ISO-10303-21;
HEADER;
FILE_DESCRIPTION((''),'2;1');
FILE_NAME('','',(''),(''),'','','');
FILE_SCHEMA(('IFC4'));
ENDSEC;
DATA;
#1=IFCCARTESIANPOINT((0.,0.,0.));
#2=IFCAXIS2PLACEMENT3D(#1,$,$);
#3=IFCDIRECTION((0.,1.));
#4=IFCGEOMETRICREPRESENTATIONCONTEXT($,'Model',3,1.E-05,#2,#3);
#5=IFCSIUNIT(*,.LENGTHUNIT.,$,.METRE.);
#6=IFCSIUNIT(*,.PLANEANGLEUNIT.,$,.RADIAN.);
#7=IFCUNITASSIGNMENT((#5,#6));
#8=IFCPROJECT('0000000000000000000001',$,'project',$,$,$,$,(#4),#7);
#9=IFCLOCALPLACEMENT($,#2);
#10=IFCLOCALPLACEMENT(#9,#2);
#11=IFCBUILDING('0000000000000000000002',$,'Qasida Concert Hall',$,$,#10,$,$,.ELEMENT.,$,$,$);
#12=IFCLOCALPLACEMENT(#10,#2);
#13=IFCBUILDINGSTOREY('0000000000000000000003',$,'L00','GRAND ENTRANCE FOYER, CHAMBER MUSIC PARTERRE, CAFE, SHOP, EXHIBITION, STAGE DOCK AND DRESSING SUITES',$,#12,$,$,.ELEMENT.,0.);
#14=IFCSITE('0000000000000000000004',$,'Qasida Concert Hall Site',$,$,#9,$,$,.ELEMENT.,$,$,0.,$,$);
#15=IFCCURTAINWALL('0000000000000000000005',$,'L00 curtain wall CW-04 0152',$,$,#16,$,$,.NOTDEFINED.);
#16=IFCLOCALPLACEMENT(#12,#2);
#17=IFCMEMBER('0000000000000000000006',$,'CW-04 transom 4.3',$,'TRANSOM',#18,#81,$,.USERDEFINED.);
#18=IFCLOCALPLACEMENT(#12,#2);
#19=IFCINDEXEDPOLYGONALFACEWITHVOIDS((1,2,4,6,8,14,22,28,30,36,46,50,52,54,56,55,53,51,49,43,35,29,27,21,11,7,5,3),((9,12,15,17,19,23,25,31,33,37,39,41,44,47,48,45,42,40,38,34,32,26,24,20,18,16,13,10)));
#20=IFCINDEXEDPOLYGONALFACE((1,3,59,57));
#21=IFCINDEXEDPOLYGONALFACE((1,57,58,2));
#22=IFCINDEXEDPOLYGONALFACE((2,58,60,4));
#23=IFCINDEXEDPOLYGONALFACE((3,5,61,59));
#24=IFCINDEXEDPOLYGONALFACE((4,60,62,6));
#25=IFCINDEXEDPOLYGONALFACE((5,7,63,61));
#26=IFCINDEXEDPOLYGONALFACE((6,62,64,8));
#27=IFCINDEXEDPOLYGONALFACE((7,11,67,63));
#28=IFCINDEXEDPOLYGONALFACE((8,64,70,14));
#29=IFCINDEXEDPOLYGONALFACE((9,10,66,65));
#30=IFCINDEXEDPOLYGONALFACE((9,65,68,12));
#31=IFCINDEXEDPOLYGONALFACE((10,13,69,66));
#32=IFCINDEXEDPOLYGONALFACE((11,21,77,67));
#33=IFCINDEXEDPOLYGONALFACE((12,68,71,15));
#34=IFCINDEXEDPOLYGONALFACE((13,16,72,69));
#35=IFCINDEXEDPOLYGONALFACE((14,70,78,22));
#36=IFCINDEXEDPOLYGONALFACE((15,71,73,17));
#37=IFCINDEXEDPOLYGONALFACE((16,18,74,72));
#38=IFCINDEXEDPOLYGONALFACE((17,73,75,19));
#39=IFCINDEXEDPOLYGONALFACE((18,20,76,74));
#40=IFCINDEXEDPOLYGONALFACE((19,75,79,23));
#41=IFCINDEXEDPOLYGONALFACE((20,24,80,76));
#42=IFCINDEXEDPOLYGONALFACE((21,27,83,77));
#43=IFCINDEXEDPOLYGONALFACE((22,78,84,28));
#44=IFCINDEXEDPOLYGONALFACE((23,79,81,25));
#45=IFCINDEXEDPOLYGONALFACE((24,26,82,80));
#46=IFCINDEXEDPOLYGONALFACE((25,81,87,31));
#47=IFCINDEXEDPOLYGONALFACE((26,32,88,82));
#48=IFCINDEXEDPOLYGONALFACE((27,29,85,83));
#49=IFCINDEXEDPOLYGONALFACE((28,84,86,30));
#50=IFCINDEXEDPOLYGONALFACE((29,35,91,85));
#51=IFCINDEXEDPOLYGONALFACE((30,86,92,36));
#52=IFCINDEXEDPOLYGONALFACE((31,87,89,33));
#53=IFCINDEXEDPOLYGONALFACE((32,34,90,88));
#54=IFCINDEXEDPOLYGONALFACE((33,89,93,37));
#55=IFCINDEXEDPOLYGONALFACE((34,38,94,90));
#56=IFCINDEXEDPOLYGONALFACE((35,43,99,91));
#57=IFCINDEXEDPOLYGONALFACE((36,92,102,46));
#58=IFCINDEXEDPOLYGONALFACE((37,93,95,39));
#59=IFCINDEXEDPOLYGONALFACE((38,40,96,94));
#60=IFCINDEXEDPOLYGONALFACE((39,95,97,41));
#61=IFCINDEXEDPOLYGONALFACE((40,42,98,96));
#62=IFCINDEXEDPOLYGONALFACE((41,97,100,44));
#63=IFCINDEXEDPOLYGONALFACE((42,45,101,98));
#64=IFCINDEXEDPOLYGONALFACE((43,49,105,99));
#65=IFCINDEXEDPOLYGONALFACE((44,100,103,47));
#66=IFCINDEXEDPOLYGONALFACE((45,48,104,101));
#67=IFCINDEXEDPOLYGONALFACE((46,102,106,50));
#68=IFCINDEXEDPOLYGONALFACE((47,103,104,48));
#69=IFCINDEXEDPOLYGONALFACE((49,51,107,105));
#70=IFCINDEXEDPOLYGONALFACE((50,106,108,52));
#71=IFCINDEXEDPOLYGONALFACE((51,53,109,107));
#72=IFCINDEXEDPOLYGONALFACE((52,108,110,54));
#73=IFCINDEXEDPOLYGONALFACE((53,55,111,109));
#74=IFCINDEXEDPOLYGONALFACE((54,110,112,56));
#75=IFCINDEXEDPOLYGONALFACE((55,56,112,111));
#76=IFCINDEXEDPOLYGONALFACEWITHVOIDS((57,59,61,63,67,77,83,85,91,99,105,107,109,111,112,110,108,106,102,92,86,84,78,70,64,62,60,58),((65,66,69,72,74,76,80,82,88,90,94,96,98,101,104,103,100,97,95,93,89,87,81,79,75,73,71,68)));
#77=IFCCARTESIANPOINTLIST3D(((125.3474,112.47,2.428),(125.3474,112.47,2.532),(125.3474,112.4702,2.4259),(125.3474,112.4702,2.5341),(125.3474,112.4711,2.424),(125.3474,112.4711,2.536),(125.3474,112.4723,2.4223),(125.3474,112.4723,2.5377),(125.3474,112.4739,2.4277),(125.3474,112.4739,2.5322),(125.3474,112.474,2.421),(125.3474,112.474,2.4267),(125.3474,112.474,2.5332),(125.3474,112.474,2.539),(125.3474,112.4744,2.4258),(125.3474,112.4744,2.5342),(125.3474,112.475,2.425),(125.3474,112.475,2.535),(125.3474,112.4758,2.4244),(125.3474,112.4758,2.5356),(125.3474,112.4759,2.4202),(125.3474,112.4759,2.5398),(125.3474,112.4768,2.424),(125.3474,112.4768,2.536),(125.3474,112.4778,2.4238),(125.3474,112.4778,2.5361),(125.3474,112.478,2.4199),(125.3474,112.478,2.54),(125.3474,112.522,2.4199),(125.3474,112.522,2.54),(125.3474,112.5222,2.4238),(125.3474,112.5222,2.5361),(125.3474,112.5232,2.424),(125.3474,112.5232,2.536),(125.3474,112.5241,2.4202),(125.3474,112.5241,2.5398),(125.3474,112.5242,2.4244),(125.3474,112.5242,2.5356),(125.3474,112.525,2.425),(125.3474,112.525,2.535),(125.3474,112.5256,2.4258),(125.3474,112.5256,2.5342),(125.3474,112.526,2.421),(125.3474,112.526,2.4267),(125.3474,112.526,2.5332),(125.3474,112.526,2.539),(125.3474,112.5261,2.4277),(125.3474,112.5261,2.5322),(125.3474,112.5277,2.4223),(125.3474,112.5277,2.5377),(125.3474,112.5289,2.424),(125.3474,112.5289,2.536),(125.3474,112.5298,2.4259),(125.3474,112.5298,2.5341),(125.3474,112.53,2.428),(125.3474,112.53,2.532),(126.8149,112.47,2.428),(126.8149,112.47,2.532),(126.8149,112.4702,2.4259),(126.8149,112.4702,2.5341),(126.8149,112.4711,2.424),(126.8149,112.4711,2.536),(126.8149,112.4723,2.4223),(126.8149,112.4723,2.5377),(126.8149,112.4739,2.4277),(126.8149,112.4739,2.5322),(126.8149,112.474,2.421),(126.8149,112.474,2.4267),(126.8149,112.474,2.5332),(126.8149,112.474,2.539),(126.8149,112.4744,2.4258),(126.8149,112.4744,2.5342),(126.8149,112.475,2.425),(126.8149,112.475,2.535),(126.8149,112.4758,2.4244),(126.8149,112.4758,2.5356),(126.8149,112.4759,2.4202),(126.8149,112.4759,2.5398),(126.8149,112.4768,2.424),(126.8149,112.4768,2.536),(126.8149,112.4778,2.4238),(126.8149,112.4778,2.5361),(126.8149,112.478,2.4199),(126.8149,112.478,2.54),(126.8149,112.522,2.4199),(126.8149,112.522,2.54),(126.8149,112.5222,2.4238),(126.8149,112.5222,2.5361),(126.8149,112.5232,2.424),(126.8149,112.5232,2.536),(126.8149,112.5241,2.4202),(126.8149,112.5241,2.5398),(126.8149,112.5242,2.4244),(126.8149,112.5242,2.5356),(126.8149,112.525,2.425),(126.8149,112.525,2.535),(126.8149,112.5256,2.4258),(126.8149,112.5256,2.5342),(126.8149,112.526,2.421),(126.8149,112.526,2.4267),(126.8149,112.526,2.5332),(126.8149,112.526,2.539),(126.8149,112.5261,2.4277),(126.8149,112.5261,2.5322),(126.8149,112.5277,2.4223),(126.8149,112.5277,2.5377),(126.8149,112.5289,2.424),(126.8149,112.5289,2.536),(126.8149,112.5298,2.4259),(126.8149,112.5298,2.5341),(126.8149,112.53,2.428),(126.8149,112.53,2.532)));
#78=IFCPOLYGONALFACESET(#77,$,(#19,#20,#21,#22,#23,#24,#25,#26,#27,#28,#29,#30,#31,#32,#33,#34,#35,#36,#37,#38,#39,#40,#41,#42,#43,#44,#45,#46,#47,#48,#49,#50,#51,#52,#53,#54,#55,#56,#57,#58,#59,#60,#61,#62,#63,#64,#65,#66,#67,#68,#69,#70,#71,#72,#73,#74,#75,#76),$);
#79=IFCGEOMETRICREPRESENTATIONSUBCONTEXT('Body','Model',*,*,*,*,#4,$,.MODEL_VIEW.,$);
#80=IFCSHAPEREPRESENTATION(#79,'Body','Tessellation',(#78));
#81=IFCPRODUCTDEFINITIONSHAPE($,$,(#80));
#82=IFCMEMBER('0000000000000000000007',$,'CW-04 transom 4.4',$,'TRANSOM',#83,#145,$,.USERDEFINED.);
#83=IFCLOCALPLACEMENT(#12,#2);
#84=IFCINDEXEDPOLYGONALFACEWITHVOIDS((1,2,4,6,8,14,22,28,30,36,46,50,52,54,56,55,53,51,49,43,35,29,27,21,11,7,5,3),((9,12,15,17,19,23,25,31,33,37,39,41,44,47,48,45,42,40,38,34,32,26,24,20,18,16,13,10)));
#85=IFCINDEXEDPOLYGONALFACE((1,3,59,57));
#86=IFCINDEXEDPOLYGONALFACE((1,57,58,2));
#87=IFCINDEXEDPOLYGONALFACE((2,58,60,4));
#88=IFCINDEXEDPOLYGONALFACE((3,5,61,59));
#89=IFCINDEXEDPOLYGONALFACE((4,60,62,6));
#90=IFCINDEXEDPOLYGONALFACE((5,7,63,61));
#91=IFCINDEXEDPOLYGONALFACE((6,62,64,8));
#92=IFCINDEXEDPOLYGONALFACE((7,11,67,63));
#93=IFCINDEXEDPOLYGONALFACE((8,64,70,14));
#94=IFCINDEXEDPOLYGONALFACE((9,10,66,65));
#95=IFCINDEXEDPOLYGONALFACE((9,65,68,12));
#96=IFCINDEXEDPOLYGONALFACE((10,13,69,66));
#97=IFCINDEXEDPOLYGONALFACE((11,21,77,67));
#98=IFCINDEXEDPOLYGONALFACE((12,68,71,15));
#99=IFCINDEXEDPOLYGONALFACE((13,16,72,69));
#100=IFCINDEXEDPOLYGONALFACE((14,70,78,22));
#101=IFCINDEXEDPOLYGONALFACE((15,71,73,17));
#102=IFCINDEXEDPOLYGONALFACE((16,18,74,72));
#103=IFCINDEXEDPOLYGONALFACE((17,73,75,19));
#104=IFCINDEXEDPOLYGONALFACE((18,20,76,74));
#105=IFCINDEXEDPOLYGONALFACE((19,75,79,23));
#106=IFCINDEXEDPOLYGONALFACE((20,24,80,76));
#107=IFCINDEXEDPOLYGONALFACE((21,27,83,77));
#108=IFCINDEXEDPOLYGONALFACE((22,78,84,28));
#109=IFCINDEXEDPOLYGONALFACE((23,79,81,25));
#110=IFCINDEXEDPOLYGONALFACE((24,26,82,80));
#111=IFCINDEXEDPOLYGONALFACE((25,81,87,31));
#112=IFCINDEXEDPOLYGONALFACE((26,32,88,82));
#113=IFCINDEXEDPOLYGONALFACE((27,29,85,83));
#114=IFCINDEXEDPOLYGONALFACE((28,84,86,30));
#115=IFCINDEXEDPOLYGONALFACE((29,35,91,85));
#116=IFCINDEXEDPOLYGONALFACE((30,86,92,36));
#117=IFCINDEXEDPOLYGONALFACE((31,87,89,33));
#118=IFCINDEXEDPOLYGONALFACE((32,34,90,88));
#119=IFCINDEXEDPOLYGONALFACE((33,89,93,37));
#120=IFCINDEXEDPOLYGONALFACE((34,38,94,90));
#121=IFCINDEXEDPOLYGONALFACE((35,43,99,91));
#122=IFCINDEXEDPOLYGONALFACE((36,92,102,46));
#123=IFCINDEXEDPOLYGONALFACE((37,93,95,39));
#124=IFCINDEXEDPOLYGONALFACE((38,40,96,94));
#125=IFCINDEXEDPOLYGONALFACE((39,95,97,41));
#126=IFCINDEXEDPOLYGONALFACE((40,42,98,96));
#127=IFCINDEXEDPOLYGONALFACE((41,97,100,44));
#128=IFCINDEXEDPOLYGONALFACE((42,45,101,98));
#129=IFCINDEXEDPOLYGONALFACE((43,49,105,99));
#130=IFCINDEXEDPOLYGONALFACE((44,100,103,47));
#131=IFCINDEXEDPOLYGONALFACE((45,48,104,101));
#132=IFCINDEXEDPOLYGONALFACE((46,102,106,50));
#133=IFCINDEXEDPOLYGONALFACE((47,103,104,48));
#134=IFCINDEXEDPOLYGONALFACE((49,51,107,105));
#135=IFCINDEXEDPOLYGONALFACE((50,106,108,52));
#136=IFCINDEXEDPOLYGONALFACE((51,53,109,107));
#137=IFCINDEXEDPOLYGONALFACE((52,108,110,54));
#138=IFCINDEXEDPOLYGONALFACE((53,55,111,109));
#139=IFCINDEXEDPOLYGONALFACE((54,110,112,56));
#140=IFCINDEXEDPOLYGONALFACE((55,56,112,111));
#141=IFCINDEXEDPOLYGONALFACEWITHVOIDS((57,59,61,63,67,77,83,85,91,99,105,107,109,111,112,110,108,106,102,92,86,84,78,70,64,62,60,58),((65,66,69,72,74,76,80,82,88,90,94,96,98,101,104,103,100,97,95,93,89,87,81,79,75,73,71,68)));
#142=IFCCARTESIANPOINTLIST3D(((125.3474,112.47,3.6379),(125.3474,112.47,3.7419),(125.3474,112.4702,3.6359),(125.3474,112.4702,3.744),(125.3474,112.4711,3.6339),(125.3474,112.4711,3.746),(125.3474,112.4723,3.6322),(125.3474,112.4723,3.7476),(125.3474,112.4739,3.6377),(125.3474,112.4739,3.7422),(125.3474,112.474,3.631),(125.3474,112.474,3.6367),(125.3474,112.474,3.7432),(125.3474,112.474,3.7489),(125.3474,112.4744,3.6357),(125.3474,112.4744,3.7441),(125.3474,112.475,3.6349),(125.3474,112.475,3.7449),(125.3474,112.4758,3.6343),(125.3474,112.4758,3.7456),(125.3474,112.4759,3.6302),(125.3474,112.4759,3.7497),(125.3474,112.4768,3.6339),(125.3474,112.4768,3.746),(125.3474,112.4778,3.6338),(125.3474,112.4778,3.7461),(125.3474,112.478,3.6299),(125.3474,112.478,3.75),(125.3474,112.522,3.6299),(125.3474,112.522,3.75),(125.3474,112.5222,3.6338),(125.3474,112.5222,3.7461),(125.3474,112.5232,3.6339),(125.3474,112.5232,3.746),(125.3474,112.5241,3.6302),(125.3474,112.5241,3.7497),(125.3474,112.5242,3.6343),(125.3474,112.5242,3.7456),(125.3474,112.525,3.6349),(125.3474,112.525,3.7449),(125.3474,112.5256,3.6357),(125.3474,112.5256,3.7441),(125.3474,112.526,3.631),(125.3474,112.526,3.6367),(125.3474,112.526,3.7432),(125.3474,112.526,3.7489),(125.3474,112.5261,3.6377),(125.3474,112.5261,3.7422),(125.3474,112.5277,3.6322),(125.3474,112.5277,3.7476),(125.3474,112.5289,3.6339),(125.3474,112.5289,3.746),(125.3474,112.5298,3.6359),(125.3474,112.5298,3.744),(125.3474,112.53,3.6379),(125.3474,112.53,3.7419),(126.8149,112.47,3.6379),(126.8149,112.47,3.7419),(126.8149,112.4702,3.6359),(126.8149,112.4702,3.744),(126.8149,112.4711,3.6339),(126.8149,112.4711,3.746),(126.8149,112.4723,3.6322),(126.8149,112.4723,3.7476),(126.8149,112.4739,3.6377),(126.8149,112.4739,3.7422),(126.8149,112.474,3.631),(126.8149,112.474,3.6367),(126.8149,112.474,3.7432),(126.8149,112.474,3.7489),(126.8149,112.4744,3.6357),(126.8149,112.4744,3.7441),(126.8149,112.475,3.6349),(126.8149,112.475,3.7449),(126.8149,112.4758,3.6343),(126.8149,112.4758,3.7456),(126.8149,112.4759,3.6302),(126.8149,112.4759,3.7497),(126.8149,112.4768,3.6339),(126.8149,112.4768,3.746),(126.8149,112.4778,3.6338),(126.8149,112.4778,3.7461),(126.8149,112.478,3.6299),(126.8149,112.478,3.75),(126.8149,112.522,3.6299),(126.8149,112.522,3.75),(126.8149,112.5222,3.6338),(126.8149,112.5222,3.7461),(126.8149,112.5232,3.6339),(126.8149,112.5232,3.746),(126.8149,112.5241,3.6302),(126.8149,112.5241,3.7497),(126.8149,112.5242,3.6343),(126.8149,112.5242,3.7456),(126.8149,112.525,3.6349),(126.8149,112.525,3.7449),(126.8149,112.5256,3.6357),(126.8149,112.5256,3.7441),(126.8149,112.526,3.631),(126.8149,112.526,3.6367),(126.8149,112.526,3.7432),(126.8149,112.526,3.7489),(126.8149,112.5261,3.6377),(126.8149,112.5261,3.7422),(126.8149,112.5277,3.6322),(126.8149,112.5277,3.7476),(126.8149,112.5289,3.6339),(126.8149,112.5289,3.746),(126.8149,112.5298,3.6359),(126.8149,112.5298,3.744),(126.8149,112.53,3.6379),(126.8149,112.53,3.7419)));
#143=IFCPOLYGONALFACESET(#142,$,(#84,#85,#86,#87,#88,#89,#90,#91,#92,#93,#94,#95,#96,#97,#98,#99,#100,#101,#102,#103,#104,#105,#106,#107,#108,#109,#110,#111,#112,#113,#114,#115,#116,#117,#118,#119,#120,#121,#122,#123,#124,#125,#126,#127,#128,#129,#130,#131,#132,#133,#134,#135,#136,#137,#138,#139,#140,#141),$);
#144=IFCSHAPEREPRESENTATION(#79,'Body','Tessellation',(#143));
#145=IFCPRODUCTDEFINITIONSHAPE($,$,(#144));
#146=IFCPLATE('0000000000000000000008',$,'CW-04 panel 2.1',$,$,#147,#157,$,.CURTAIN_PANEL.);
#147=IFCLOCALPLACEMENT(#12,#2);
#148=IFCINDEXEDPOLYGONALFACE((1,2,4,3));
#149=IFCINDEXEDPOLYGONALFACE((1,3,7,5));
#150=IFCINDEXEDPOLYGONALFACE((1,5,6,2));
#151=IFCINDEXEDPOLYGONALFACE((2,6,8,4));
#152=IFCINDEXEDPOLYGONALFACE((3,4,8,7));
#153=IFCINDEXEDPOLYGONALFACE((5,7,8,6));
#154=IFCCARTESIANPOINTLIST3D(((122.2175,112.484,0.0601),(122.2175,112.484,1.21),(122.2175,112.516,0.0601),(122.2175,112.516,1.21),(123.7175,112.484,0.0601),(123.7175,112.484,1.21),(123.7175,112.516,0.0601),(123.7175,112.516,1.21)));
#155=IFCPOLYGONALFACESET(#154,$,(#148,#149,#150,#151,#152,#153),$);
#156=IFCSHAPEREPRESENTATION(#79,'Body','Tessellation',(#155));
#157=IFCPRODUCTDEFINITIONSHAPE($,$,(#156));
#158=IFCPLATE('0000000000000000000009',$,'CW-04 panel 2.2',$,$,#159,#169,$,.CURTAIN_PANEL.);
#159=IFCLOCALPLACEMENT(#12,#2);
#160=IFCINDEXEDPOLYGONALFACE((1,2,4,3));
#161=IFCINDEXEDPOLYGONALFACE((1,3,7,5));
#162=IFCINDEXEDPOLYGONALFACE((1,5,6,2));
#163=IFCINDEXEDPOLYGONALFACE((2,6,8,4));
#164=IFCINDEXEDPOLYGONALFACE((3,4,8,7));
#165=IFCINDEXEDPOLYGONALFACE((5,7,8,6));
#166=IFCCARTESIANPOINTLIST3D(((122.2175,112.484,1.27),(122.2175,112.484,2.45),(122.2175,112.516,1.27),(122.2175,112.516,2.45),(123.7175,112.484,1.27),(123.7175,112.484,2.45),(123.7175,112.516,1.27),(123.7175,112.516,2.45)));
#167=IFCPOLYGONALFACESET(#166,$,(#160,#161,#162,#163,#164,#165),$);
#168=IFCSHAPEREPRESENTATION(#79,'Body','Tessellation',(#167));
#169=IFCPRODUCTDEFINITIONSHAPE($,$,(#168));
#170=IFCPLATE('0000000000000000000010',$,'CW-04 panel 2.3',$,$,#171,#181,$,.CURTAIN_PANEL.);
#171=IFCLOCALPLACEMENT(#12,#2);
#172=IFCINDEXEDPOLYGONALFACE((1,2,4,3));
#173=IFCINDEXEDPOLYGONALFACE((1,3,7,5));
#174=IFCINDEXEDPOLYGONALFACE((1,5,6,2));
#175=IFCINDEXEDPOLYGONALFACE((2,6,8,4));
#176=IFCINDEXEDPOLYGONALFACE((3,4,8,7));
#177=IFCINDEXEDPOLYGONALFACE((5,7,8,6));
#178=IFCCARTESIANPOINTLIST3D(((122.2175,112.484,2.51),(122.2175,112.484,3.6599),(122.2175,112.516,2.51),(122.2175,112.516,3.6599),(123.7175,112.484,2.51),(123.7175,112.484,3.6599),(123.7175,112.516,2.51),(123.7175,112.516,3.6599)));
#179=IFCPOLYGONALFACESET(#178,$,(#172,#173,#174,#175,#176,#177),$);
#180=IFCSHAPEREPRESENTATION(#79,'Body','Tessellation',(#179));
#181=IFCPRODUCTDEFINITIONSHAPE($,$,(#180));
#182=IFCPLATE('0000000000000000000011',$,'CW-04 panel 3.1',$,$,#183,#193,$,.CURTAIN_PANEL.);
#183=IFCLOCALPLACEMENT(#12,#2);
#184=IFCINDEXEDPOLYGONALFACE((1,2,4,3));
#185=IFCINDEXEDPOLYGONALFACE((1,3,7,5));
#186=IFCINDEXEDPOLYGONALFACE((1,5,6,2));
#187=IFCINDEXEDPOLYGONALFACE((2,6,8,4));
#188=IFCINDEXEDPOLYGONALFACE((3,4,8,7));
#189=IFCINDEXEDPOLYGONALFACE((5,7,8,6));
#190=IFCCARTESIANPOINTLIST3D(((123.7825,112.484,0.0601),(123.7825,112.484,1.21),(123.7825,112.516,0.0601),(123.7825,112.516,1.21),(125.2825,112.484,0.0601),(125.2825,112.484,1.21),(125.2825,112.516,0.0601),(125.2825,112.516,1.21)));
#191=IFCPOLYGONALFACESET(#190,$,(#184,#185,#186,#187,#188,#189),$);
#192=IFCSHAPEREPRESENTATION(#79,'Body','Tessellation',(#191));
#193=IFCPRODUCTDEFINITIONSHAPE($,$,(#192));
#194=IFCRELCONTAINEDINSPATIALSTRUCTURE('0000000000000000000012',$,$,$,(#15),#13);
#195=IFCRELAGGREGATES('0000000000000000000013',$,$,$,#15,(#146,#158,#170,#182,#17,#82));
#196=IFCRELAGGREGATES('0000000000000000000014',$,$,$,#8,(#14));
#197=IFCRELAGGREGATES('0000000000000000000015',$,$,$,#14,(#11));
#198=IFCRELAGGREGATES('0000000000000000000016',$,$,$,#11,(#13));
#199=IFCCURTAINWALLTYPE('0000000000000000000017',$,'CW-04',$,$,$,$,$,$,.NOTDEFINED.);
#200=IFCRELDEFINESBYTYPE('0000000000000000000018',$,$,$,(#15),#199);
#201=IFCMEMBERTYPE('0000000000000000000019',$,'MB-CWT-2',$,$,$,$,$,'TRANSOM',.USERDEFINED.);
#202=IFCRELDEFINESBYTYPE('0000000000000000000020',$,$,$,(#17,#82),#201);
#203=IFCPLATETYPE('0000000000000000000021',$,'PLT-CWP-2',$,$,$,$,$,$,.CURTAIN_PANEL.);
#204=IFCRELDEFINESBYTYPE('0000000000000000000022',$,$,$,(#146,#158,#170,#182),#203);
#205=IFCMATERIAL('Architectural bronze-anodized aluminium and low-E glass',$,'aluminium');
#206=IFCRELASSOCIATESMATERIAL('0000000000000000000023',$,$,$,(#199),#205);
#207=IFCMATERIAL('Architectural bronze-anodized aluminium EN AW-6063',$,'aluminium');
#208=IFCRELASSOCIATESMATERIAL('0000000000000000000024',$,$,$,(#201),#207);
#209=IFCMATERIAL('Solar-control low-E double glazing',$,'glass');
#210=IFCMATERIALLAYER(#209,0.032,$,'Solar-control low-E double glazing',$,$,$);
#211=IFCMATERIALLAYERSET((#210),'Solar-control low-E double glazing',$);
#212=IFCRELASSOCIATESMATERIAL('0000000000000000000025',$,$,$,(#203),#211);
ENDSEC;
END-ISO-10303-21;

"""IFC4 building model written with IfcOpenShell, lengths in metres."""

from ifc_helpers import new_model, si_unit, direction, frame, origin, origin_2d, place, context, subcontext, project, spatial, rectangle, hollow_rectangle, extrude, material, layer, layer_set, material_profile, profile_set, type_object, element, aggregate, save


model = new_model("IFC4")

# Units and contexts
model_context = context("Model", 3, precision=1e-05, world=origin(), true_north=direction((0.0, 1.0)))
body_context = subcontext(model_context, "Body", "Model", "MODEL_VIEW")
ifc_project = project(units=[si_unit("LENGTHUNIT", "METRE"), si_unit("PLANEANGLEUNIT", "RADIAN")], contexts=[model_context])

# Site, building, storey
site_placement = place(None, origin())
site = spatial("IfcSite", under=ifc_project, at=site_placement, Name="Qasida Concert Hall Site", CompositionType="ELEMENT", RefElevation=0.0)
building_placement = place(site_placement, origin())
building = spatial("IfcBuilding", under=site, at=building_placement, Name="Qasida Concert Hall", CompositionType="ELEMENT")
storey_placement = place(building_placement, origin())
storey = spatial("IfcBuildingStorey", under=building, at=storey_placement, Name="L00", Description="GRAND ENTRANCE FOYER, CHAMBER MUSIC PARTERRE, CAFE, SHOP, EXHIBITION, STAGE DOCK AND DRESSING SUITES", CompositionType="ELEMENT", Elevation=0.0)

# Curtain wall, members, plates
ifc_material_1 = material(Name="Architectural bronze-anodized aluminium and low-E glass", Category="aluminium")
curtain_wall_type = type_object("IfcCurtainWallType", Name="CW-04", PredefinedType="NOTDEFINED", material=ifc_material_1)
curtain_wall_placement = place(storey_placement, origin())
curtain_wall = element("IfcCurtainWall", 1, at=curtain_wall_placement, inside=storey, type_object=curtain_wall_type, Name="L00 curtain wall CW-04 0152", PredefinedType="NOTDEFINED")
ifc_material_2 = material(Name="Architectural bronze-anodized aluminium EN AW-6063", Category="aluminium")
ifc_material_profile_1 = material_profile(ifc_material_2, hollow_rectangle(XDim=0.0601, YDim=0.1201, WallThickness=0.0039, InnerFilletRadius=0.0039, OuterFilletRadius=0.0081, at=origin_2d()), Name="CWT 120x60x4")
ifc_profile_set_1 = profile_set([ifc_material_profile_1], Name="Architectural bronze-anodized aluminium EN AW-6063")
member_type_1 = type_object("IfcMemberType", Name="MB-CWT-2", ElementType="TRANSOM", PredefinedType="USERDEFINED", material=ifc_profile_set_1)
member_1_placement = place(storey_placement, frame((125.3474, 112.5, 2.48), z_axis=(1.0, 0.0, 0.0), x_axis=(0.0, 1.0, 0.0)))
member_1 = element("IfcMember", 2, at=member_1_placement, type_object=member_type_1, Name="CW-04 transom 4.3", ObjectType="TRANSOM", PredefinedType="USERDEFINED", context=body_context, shape_type="SweptSolid", body=[
    extrude(hollow_rectangle(XDim=0.0601, YDim=0.1201, WallThickness=0.0039, InnerFilletRadius=0.0039, OuterFilletRadius=0.0081, at=origin_2d()), origin(), (0.0, 0.0, 1.0), 1.4675),
])
member_2_placement = place(storey_placement, frame((125.3474, 112.5, 3.6899), z_axis=(1.0, 0.0, 0.0), x_axis=(0.0, 1.0, 0.0)))
member_2 = element("IfcMember", 3, at=member_2_placement, type_object=member_type_1, Name="CW-04 transom 4.4", ObjectType="TRANSOM", PredefinedType="USERDEFINED", context=body_context, shape_type="SweptSolid", body=[
    extrude(hollow_rectangle(XDim=0.0601, YDim=0.1201, WallThickness=0.0039, InnerFilletRadius=0.0039, OuterFilletRadius=0.0081, at=origin_2d()), origin(), (0.0, 0.0, 1.0), 1.4675),
])
ifc_material_3 = material(Name="Solar-control low-E double glazing", Category="glass")
ifc_layer = layer(ifc_material_3, 0.032, Name="Solar-control low-E double glazing")
ifc_layer_set = layer_set([ifc_layer], Name="Solar-control low-E double glazing")
plate_type = type_object("IfcPlateType", Name="PLT-CWP-2", PredefinedType="CURTAIN_PANEL", material=ifc_layer_set)
plate_1_placement = place(storey_placement, frame((122.9675, 112.5, 0.0601), z_axis=(0.0, 0.0, 1.0), x_axis=(1.0, 0.0, 0.0)))
plate_1 = element("IfcPlate", 4, at=plate_1_placement, type_object=plate_type, Name="CW-04 panel 2.1", PredefinedType="CURTAIN_PANEL", context=body_context, shape_type="SweptSolid", body=[
    extrude(rectangle(XDim=1.5, YDim=0.032, at=origin_2d()), origin(), (0.0, 0.0, 1.0), 1.1499),
])
plate_2_placement = place(storey_placement, frame((122.9675, 112.5, 1.27), z_axis=(0.0, 0.0, 1.0), x_axis=(1.0, 0.0, 0.0)))
plate_2 = element("IfcPlate", 5, at=plate_2_placement, type_object=plate_type, Name="CW-04 panel 2.2", PredefinedType="CURTAIN_PANEL", context=body_context, shape_type="SweptSolid", body=[
    extrude(rectangle(XDim=1.5, YDim=0.032, at=origin_2d()), origin(), (0.0, 0.0, 1.0), 1.1799),
])
plate_3_placement = place(storey_placement, frame((122.9675, 112.5, 2.51), z_axis=(0.0, 0.0, 1.0), x_axis=(1.0, 0.0, 0.0)))
plate_3 = element("IfcPlate", 6, at=plate_3_placement, type_object=plate_type, Name="CW-04 panel 2.3", PredefinedType="CURTAIN_PANEL", context=body_context, shape_type="SweptSolid", body=[
    extrude(rectangle(XDim=1.5, YDim=0.032, at=origin_2d()), origin(), (0.0, 0.0, 1.0), 1.1499),
])
plate_4_placement = place(storey_placement, frame((124.5325, 112.5, 0.0601), z_axis=(0.0, 0.0, 1.0), x_axis=(1.0, 0.0, 0.0)))
plate_4 = element("IfcPlate", 7, at=plate_4_placement, type_object=plate_type, Name="CW-04 panel 3.1", PredefinedType="CURTAIN_PANEL", context=body_context, shape_type="SweptSolid", body=[
    extrude(rectangle(XDim=1.5, YDim=0.032, at=origin_2d()), origin(), (0.0, 0.0, 1.0), 1.1499),
])
aggregate(curtain_wall, [plate_1, plate_2, plate_3, plate_4, member_1, member_2])

save(model, "model.ifc")
